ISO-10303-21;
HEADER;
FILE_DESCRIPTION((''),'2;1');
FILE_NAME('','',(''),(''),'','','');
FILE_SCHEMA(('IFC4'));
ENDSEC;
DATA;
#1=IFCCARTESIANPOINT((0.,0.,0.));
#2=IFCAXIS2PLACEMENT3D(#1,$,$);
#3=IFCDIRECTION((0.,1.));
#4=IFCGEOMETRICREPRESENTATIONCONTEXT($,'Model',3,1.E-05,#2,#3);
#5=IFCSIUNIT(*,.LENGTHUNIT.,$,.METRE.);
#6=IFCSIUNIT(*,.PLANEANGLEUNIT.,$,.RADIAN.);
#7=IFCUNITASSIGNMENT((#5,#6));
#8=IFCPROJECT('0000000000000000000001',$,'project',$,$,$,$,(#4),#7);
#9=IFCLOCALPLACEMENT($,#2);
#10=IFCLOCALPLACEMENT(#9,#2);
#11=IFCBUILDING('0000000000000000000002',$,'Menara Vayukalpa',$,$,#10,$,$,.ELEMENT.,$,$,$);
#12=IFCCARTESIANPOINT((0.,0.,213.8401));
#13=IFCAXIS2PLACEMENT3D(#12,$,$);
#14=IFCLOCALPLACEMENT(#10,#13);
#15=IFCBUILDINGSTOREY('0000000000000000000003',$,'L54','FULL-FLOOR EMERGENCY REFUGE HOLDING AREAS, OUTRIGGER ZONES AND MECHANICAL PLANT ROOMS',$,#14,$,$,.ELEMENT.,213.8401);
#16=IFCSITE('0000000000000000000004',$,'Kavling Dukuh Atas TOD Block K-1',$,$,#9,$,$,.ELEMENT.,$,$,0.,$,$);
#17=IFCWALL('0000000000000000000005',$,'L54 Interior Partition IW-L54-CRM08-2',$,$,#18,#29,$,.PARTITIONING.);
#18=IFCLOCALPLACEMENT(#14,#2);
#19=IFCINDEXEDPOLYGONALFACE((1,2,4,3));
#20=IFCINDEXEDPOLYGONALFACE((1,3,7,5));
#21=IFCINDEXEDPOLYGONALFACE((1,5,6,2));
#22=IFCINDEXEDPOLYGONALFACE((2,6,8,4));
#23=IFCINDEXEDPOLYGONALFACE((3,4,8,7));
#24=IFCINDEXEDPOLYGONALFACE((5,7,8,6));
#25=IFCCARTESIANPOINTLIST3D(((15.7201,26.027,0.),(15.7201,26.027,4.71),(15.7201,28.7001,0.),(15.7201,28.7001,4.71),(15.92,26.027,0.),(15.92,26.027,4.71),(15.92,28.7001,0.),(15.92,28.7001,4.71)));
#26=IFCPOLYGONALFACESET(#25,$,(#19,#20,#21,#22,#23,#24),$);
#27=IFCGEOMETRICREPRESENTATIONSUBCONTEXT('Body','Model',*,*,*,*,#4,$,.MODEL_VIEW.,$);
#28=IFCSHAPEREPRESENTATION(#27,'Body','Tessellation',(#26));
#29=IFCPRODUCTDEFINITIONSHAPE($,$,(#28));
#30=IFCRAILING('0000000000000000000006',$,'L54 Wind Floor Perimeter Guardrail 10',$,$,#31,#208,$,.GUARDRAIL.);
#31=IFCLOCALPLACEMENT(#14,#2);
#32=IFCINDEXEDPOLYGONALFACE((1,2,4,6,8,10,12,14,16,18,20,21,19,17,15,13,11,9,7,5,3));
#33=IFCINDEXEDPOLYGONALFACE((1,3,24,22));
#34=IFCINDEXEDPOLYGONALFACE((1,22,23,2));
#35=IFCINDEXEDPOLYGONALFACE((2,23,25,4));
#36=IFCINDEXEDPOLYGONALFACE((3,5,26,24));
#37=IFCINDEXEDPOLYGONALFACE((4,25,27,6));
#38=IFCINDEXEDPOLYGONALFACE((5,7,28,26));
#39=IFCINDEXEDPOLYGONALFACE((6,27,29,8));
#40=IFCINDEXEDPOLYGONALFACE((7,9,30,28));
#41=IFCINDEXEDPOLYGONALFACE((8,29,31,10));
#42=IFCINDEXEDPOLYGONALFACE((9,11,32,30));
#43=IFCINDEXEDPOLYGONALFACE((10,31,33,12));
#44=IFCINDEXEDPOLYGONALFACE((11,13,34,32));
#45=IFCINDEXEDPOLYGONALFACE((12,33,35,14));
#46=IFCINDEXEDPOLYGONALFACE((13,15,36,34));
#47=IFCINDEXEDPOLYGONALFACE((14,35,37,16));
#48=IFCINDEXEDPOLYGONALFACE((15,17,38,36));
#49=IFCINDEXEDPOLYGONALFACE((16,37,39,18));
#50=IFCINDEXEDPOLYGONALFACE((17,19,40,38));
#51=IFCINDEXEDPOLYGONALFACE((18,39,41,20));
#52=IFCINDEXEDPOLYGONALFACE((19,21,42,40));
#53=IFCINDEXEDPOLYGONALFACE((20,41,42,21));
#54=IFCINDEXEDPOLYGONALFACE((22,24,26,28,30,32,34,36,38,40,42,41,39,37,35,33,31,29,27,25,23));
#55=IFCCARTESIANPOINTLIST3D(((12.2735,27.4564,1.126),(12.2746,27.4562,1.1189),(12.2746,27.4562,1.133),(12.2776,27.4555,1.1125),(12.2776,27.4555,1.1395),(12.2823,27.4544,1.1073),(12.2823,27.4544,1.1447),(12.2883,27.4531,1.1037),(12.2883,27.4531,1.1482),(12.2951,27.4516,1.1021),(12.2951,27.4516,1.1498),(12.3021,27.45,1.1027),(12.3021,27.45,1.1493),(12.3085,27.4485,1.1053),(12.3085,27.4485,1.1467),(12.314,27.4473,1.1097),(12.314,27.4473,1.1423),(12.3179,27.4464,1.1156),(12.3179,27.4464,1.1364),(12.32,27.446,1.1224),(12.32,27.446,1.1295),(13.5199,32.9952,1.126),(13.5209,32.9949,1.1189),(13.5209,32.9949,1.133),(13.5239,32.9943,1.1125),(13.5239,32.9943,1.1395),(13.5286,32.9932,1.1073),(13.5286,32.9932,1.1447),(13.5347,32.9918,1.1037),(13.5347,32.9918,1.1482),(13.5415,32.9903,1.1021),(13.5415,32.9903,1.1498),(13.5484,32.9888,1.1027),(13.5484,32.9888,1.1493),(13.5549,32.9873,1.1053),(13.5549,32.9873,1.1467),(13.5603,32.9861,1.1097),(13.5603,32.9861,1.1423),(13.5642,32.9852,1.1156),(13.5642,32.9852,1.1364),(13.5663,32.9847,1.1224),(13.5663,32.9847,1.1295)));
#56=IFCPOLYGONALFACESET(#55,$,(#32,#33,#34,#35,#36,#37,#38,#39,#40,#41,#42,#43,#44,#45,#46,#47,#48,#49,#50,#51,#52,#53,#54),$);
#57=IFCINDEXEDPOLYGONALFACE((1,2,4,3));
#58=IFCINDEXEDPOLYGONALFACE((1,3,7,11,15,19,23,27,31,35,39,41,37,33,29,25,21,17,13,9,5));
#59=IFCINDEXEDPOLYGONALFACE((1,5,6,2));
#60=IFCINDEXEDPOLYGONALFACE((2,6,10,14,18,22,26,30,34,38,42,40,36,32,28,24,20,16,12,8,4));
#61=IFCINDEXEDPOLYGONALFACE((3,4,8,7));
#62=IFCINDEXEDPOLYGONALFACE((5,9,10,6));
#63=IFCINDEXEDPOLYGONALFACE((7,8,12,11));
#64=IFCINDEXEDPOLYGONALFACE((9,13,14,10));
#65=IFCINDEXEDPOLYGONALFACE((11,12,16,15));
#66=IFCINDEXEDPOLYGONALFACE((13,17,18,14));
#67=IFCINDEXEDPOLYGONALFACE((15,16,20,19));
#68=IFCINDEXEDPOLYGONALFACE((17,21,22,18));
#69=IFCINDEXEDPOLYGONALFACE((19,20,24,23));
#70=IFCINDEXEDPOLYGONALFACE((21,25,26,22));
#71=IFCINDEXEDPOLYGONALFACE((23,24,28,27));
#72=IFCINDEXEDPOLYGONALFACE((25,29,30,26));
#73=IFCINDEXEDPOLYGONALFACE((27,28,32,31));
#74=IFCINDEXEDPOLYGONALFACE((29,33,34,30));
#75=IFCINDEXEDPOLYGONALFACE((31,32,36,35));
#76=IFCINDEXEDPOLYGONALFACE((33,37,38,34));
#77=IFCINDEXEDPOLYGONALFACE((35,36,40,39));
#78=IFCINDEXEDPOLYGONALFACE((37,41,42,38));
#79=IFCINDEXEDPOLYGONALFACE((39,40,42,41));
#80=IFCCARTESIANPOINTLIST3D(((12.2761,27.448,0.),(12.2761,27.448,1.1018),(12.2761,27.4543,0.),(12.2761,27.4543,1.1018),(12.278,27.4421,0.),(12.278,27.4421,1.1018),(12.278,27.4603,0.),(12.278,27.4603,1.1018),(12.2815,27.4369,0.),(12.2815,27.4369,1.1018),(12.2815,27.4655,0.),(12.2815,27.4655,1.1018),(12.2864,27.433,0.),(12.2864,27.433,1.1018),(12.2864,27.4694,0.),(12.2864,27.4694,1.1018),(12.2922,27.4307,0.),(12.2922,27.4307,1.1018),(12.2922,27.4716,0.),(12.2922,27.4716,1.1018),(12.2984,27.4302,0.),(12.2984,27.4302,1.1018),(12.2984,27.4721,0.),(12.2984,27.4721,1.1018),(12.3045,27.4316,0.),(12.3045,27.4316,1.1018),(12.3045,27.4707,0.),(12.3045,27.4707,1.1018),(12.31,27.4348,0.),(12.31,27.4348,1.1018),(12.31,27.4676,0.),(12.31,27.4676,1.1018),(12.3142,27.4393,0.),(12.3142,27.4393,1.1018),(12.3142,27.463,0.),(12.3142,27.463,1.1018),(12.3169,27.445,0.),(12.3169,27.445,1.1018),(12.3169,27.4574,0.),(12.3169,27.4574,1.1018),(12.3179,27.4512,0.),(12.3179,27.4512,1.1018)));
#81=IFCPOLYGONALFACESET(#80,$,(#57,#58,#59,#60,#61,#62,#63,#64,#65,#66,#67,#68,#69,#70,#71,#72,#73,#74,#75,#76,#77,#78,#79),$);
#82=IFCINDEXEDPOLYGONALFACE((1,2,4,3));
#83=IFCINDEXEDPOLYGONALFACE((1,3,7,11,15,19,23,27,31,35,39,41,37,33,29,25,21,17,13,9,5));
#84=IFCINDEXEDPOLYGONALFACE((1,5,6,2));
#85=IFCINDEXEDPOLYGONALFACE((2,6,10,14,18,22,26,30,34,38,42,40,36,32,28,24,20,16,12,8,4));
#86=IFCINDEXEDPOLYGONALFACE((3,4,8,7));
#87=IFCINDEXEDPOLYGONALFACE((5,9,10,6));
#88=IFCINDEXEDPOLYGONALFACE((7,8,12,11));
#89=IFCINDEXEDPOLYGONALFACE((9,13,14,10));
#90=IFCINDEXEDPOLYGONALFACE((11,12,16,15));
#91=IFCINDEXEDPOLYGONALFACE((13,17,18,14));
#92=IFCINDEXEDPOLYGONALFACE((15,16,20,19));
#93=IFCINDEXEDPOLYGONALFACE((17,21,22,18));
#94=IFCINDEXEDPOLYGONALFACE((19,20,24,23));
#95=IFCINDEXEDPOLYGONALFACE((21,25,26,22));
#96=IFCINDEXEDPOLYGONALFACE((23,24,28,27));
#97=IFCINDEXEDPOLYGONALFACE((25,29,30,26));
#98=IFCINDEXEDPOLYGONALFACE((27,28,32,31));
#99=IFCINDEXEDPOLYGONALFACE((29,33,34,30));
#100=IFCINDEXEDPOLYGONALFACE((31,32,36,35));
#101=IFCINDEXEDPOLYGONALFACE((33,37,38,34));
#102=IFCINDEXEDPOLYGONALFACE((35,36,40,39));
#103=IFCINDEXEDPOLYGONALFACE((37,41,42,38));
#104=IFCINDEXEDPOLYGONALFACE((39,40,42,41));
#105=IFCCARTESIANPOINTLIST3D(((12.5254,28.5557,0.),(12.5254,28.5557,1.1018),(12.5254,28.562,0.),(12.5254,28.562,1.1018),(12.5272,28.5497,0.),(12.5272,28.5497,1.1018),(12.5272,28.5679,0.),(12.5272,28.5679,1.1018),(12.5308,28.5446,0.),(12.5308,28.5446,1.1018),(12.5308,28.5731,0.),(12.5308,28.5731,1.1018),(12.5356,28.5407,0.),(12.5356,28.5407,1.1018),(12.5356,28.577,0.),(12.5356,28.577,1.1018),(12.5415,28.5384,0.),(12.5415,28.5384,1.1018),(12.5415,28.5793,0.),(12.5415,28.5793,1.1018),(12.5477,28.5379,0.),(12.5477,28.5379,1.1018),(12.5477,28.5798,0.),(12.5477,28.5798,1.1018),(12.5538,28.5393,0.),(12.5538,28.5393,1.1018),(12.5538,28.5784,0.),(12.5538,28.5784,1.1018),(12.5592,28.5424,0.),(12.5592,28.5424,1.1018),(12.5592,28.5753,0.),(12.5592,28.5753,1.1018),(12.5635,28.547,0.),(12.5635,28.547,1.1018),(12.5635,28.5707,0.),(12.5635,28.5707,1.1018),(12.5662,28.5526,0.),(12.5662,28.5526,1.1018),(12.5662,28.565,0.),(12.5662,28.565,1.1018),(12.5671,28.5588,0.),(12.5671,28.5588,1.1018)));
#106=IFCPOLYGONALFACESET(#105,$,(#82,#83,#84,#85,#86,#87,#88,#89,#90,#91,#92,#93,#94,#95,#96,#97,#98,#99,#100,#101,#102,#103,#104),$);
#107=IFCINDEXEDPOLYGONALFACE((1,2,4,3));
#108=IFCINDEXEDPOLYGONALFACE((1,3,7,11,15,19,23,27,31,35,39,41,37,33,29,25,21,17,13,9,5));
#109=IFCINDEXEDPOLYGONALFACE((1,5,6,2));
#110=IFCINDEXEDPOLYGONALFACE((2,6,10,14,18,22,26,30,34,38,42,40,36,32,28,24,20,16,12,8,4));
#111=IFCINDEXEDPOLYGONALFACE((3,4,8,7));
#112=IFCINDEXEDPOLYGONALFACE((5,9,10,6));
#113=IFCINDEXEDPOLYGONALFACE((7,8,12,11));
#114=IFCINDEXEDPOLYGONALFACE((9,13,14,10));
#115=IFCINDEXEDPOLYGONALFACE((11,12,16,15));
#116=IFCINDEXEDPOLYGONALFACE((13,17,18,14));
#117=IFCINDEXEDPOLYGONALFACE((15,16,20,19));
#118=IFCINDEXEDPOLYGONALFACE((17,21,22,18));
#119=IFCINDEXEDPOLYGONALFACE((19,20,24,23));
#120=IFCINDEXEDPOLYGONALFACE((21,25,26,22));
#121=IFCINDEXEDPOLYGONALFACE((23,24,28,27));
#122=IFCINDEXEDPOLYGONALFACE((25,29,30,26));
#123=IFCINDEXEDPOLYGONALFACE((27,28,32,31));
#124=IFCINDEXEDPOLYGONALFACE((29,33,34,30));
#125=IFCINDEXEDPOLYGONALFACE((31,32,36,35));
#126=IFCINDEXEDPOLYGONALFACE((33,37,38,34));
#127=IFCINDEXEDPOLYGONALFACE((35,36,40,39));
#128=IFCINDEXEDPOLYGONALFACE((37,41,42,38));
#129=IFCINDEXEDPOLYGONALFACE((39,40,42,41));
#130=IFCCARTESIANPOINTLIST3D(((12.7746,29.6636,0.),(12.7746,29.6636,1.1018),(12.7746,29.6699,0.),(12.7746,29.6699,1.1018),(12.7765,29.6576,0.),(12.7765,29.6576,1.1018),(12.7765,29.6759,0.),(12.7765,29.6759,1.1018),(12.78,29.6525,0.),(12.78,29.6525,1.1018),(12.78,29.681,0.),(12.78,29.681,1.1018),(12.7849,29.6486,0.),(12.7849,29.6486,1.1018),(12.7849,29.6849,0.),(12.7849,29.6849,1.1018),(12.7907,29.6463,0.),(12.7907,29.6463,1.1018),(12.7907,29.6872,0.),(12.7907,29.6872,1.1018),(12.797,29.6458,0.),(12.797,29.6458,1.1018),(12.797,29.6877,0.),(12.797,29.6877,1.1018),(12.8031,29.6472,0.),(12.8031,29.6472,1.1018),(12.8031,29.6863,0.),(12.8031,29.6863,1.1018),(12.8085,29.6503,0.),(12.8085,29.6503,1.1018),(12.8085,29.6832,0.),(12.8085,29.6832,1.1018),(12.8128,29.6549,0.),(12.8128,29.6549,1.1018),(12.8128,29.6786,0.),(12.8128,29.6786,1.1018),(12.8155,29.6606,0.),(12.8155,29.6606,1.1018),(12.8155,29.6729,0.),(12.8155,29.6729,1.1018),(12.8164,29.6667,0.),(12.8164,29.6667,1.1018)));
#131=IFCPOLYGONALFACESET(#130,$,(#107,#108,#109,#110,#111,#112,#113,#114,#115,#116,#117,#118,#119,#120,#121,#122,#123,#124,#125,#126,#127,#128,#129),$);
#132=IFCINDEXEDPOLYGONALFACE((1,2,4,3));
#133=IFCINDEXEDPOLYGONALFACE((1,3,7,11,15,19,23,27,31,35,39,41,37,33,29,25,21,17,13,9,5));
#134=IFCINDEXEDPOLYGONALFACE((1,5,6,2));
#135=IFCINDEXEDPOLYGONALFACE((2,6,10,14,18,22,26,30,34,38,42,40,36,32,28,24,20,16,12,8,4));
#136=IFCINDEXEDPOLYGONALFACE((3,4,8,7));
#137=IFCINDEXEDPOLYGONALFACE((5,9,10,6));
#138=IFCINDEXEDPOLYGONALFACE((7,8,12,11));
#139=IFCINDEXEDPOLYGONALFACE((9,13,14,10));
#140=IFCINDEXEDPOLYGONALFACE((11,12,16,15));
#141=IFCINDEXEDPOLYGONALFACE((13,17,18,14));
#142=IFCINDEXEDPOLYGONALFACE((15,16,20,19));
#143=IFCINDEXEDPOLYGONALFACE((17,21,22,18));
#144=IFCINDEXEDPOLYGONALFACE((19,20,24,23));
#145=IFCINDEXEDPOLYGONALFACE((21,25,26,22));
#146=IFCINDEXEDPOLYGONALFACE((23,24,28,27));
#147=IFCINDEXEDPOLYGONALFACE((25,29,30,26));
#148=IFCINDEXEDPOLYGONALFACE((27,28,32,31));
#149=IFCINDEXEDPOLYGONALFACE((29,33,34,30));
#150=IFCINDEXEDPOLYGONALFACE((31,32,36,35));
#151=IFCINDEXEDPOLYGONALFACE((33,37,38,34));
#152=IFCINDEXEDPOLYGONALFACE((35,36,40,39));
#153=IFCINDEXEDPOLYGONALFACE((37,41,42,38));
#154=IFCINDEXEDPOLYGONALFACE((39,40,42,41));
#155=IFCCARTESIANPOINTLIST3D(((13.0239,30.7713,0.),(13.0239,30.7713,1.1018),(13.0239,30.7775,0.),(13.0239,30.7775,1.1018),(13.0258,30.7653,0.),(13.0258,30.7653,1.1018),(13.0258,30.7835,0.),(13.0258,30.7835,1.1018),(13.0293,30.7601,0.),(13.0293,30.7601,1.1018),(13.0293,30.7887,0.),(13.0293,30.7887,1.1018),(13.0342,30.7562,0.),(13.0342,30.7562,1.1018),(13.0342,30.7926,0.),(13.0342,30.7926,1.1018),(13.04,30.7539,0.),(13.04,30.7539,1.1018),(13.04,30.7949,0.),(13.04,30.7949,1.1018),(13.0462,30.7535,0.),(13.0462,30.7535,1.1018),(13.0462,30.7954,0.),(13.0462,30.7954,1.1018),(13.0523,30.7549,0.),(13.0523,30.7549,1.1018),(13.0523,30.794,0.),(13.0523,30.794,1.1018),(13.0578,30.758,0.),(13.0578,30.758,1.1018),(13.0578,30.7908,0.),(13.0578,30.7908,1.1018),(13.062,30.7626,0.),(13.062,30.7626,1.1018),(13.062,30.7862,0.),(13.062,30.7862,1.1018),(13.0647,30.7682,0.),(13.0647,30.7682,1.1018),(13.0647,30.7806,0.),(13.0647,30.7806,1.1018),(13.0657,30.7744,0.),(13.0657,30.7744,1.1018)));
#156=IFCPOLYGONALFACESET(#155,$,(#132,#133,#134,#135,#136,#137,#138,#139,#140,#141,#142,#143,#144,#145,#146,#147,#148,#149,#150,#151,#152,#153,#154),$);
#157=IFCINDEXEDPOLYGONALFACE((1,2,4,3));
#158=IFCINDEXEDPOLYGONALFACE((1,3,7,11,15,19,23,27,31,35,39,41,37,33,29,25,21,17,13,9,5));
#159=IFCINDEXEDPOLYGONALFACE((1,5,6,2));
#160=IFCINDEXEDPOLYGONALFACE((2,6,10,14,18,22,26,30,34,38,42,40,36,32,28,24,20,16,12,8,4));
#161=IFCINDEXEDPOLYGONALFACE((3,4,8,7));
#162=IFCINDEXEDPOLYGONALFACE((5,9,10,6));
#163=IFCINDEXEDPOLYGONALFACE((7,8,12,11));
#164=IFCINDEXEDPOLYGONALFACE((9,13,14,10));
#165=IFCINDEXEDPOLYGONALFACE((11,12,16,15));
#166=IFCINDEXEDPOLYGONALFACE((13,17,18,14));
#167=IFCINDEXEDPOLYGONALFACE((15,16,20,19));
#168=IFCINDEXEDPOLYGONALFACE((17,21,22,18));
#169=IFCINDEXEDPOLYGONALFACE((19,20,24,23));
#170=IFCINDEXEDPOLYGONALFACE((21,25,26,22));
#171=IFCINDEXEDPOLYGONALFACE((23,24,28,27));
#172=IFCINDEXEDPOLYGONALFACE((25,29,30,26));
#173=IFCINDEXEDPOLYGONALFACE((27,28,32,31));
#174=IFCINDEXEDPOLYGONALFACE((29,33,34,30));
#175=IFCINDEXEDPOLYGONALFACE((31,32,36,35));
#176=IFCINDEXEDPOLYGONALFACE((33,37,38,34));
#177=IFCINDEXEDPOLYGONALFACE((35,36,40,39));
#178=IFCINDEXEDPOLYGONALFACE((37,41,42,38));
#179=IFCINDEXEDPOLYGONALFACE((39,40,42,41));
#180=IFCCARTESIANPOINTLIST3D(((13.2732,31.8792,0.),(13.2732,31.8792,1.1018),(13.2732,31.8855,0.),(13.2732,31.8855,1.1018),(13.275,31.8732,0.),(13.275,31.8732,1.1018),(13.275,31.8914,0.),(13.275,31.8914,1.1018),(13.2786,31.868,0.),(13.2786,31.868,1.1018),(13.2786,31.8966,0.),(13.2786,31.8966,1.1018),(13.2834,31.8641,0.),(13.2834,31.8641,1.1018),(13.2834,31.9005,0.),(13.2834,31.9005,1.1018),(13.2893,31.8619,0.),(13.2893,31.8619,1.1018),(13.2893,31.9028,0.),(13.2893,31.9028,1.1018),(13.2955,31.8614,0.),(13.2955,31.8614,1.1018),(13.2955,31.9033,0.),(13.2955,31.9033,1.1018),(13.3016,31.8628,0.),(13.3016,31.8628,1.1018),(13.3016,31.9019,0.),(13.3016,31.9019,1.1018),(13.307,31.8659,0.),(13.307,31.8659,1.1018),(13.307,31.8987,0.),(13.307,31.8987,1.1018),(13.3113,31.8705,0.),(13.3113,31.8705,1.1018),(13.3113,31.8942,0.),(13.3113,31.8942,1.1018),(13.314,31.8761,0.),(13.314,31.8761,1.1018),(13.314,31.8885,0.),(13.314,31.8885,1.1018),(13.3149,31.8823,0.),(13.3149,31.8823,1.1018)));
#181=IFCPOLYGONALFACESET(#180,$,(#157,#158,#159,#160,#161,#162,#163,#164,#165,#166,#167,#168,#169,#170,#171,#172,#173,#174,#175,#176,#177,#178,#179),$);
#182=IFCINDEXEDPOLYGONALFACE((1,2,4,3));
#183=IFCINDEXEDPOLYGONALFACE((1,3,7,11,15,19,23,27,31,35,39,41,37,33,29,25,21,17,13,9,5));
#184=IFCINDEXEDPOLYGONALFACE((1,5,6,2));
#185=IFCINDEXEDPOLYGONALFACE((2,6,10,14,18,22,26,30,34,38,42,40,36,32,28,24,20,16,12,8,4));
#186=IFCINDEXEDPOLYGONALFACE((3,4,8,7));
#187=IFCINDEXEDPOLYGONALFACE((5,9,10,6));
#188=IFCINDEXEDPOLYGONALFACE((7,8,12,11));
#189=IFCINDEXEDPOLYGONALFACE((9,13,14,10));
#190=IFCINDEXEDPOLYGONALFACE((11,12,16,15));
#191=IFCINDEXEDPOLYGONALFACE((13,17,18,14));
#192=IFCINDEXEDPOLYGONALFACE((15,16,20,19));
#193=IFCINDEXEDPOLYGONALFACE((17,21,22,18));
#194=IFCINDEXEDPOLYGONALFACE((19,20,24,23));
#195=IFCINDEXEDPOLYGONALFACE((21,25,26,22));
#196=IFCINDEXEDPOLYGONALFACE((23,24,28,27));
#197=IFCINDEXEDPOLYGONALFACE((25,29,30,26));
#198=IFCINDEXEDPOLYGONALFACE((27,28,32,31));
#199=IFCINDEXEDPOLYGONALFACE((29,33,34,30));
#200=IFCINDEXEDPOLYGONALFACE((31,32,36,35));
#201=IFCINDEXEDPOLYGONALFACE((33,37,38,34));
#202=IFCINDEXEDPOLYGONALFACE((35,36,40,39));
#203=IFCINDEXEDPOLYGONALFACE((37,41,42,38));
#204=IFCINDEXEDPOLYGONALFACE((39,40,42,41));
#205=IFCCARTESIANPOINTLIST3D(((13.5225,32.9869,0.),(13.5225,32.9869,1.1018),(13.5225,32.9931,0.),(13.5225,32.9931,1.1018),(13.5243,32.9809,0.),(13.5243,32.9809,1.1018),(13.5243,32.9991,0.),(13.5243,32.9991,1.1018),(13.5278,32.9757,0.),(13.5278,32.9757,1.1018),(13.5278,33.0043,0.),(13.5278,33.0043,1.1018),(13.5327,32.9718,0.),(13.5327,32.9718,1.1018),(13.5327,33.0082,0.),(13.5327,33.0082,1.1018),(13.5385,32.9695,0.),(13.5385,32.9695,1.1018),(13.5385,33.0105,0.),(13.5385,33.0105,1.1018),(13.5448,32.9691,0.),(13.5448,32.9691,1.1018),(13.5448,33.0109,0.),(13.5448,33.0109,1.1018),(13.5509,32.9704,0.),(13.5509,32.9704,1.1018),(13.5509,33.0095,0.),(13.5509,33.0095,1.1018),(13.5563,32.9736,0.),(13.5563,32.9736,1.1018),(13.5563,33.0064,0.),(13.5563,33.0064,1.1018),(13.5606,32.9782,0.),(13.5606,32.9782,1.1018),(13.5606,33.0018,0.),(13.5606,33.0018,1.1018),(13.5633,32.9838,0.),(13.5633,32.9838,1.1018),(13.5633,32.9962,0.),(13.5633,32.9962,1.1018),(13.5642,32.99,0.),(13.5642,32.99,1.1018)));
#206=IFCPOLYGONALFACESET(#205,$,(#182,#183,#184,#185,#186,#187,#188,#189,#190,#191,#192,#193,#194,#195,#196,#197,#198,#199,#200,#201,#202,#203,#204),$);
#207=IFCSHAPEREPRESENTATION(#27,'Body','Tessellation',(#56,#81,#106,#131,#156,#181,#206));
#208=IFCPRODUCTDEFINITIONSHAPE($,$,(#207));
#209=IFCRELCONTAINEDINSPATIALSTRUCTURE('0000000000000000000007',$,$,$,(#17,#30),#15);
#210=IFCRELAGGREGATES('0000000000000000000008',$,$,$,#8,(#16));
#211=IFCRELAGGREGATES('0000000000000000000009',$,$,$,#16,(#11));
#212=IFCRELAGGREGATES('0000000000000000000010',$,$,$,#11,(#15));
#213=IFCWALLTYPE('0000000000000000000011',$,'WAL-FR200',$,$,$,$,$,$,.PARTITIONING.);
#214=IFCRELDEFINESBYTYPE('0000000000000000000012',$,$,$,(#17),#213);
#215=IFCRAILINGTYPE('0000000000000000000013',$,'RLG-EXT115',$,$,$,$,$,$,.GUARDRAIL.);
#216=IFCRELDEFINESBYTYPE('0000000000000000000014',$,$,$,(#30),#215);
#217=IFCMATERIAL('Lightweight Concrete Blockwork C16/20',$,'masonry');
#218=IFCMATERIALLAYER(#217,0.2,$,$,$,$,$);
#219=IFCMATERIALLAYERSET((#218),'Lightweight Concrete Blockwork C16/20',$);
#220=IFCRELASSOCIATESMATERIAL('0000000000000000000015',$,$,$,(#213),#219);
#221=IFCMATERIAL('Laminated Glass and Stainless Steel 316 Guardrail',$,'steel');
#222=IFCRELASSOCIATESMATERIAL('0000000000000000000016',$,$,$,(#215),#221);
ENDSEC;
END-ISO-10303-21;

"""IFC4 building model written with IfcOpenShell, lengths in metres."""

from ifc_helpers import new_model, si_unit, direction, frame, frame_2d, origin, origin_2d, place, context, subcontext, project, spatial, rectangle, circle, extrude, material, layer, layer_set, type_object, element, save


model = new_model("IFC4")

# Units and contexts
model_context = context("Model", 3, precision=1e-05, world=origin(), true_north=direction((0.0, 1.0)))
body_context = subcontext(model_context, "Body", "Model", "MODEL_VIEW")
ifc_project = project(units=[si_unit("LENGTHUNIT", "METRE"), si_unit("PLANEANGLEUNIT", "RADIAN")], contexts=[model_context])

# Site, building, storey
site_placement = place(None, origin())
site = spatial("IfcSite", under=ifc_project, at=site_placement, Name="Kavling Dukuh Atas TOD Block K-1", CompositionType="ELEMENT", RefElevation=0.0)
building_placement = place(site_placement, origin())
building = spatial("IfcBuilding", under=site, at=building_placement, Name="Menara Vayukalpa", CompositionType="ELEMENT")
storey_placement = place(building_placement, frame((0.0, 0.0, 213.8401)))
storey = spatial("IfcBuildingStorey", under=building, at=storey_placement, Name="L54", Description="FULL-FLOOR EMERGENCY REFUGE HOLDING AREAS, OUTRIGGER ZONES AND MECHANICAL PLANT ROOMS", CompositionType="ELEMENT", Elevation=213.8401)

# Wall
ifc_material_1 = material(Name="Lightweight Concrete Blockwork C16/20", Category="masonry")
ifc_layer_1 = layer(ifc_material_1, 0.2)
ifc_layer_set_1 = layer_set([ifc_layer_1], Name="Lightweight Concrete Blockwork C16/20")
wall_type = type_object("IfcWallType", Name="WAL-FR200", PredefinedType="PARTITIONING", material=ifc_layer_set_1)
wall_placement = place(storey_placement, frame((15.8201, 28.7, 0.0), z_axis=(0.0, 0.0, 1.0), x_axis=(0.0, -1.0, 0.0)))
element("IfcWall", 1, at=wall_placement, inside=storey, type_object=wall_type, Name="L54 Interior Partition IW-L54-CRM08-2", PredefinedType="PARTITIONING", context=body_context, shape_type="SweptSolid", body=[
    extrude(rectangle(XDim=2.6731, YDim=0.2, at=frame_2d((1.3364, 0.0))), origin(), (0.0, 0.0, 1.0), 4.71),
])

# Railing
ifc_material_2 = material(Name="Laminated Glass and Stainless Steel 316 Guardrail", Category="steel")
railing_type = type_object("IfcRailingType", Name="RLG-EXT115", PredefinedType="GUARDRAIL", material=ifc_material_2)
railing_1_placement = place(storey_placement, frame((12.2969, 27.4512, 0.0)))
element("IfcRailing", 2, at=railing_1_placement, inside=storey, type_object=railing_type, Name="L54 Wind Floor Perimeter Guardrail 10", PredefinedType="GUARDRAIL", context=body_context, shape_type="SweptSolid", body=[
    extrude(circle(Radius=0.0239, at=origin_2d()), frame((0.0, 0.0, 1.126), z_axis=(0.21953, 0.975606, 0.0), x_axis=(-0.975606, 0.21953, 0.0)), (0.0, 0.0, 1.0), 5.6772),
    extrude(circle(Radius=0.021, at=origin_2d()), origin(), (0.0, 0.0, 1.0), 1.1018),
    extrude(circle(Radius=0.021, at=origin_2d()), frame((0.2493, 1.1077, 0.0)), (0.0, 0.0, 1.0), 1.1018),
    extrude(circle(Radius=0.021, at=origin_2d()), frame((0.4985, 2.2156, 0.0)), (0.0, 0.0, 1.0), 1.1018),
    extrude(circle(Radius=0.021, at=origin_2d()), frame((0.7478, 3.3232, 0.0)), (0.0, 0.0, 1.0), 1.1018),
    extrude(circle(Radius=0.021, at=origin_2d()), frame((0.9971, 4.4312, 0.0)), (0.0, 0.0, 1.0), 1.1018),
    extrude(circle(Radius=0.021, at=origin_2d()), frame((1.2463, 5.5388, 0.0)), (0.0, 0.0, 1.0), 1.1018),
])

save(model, "model.ifc")
